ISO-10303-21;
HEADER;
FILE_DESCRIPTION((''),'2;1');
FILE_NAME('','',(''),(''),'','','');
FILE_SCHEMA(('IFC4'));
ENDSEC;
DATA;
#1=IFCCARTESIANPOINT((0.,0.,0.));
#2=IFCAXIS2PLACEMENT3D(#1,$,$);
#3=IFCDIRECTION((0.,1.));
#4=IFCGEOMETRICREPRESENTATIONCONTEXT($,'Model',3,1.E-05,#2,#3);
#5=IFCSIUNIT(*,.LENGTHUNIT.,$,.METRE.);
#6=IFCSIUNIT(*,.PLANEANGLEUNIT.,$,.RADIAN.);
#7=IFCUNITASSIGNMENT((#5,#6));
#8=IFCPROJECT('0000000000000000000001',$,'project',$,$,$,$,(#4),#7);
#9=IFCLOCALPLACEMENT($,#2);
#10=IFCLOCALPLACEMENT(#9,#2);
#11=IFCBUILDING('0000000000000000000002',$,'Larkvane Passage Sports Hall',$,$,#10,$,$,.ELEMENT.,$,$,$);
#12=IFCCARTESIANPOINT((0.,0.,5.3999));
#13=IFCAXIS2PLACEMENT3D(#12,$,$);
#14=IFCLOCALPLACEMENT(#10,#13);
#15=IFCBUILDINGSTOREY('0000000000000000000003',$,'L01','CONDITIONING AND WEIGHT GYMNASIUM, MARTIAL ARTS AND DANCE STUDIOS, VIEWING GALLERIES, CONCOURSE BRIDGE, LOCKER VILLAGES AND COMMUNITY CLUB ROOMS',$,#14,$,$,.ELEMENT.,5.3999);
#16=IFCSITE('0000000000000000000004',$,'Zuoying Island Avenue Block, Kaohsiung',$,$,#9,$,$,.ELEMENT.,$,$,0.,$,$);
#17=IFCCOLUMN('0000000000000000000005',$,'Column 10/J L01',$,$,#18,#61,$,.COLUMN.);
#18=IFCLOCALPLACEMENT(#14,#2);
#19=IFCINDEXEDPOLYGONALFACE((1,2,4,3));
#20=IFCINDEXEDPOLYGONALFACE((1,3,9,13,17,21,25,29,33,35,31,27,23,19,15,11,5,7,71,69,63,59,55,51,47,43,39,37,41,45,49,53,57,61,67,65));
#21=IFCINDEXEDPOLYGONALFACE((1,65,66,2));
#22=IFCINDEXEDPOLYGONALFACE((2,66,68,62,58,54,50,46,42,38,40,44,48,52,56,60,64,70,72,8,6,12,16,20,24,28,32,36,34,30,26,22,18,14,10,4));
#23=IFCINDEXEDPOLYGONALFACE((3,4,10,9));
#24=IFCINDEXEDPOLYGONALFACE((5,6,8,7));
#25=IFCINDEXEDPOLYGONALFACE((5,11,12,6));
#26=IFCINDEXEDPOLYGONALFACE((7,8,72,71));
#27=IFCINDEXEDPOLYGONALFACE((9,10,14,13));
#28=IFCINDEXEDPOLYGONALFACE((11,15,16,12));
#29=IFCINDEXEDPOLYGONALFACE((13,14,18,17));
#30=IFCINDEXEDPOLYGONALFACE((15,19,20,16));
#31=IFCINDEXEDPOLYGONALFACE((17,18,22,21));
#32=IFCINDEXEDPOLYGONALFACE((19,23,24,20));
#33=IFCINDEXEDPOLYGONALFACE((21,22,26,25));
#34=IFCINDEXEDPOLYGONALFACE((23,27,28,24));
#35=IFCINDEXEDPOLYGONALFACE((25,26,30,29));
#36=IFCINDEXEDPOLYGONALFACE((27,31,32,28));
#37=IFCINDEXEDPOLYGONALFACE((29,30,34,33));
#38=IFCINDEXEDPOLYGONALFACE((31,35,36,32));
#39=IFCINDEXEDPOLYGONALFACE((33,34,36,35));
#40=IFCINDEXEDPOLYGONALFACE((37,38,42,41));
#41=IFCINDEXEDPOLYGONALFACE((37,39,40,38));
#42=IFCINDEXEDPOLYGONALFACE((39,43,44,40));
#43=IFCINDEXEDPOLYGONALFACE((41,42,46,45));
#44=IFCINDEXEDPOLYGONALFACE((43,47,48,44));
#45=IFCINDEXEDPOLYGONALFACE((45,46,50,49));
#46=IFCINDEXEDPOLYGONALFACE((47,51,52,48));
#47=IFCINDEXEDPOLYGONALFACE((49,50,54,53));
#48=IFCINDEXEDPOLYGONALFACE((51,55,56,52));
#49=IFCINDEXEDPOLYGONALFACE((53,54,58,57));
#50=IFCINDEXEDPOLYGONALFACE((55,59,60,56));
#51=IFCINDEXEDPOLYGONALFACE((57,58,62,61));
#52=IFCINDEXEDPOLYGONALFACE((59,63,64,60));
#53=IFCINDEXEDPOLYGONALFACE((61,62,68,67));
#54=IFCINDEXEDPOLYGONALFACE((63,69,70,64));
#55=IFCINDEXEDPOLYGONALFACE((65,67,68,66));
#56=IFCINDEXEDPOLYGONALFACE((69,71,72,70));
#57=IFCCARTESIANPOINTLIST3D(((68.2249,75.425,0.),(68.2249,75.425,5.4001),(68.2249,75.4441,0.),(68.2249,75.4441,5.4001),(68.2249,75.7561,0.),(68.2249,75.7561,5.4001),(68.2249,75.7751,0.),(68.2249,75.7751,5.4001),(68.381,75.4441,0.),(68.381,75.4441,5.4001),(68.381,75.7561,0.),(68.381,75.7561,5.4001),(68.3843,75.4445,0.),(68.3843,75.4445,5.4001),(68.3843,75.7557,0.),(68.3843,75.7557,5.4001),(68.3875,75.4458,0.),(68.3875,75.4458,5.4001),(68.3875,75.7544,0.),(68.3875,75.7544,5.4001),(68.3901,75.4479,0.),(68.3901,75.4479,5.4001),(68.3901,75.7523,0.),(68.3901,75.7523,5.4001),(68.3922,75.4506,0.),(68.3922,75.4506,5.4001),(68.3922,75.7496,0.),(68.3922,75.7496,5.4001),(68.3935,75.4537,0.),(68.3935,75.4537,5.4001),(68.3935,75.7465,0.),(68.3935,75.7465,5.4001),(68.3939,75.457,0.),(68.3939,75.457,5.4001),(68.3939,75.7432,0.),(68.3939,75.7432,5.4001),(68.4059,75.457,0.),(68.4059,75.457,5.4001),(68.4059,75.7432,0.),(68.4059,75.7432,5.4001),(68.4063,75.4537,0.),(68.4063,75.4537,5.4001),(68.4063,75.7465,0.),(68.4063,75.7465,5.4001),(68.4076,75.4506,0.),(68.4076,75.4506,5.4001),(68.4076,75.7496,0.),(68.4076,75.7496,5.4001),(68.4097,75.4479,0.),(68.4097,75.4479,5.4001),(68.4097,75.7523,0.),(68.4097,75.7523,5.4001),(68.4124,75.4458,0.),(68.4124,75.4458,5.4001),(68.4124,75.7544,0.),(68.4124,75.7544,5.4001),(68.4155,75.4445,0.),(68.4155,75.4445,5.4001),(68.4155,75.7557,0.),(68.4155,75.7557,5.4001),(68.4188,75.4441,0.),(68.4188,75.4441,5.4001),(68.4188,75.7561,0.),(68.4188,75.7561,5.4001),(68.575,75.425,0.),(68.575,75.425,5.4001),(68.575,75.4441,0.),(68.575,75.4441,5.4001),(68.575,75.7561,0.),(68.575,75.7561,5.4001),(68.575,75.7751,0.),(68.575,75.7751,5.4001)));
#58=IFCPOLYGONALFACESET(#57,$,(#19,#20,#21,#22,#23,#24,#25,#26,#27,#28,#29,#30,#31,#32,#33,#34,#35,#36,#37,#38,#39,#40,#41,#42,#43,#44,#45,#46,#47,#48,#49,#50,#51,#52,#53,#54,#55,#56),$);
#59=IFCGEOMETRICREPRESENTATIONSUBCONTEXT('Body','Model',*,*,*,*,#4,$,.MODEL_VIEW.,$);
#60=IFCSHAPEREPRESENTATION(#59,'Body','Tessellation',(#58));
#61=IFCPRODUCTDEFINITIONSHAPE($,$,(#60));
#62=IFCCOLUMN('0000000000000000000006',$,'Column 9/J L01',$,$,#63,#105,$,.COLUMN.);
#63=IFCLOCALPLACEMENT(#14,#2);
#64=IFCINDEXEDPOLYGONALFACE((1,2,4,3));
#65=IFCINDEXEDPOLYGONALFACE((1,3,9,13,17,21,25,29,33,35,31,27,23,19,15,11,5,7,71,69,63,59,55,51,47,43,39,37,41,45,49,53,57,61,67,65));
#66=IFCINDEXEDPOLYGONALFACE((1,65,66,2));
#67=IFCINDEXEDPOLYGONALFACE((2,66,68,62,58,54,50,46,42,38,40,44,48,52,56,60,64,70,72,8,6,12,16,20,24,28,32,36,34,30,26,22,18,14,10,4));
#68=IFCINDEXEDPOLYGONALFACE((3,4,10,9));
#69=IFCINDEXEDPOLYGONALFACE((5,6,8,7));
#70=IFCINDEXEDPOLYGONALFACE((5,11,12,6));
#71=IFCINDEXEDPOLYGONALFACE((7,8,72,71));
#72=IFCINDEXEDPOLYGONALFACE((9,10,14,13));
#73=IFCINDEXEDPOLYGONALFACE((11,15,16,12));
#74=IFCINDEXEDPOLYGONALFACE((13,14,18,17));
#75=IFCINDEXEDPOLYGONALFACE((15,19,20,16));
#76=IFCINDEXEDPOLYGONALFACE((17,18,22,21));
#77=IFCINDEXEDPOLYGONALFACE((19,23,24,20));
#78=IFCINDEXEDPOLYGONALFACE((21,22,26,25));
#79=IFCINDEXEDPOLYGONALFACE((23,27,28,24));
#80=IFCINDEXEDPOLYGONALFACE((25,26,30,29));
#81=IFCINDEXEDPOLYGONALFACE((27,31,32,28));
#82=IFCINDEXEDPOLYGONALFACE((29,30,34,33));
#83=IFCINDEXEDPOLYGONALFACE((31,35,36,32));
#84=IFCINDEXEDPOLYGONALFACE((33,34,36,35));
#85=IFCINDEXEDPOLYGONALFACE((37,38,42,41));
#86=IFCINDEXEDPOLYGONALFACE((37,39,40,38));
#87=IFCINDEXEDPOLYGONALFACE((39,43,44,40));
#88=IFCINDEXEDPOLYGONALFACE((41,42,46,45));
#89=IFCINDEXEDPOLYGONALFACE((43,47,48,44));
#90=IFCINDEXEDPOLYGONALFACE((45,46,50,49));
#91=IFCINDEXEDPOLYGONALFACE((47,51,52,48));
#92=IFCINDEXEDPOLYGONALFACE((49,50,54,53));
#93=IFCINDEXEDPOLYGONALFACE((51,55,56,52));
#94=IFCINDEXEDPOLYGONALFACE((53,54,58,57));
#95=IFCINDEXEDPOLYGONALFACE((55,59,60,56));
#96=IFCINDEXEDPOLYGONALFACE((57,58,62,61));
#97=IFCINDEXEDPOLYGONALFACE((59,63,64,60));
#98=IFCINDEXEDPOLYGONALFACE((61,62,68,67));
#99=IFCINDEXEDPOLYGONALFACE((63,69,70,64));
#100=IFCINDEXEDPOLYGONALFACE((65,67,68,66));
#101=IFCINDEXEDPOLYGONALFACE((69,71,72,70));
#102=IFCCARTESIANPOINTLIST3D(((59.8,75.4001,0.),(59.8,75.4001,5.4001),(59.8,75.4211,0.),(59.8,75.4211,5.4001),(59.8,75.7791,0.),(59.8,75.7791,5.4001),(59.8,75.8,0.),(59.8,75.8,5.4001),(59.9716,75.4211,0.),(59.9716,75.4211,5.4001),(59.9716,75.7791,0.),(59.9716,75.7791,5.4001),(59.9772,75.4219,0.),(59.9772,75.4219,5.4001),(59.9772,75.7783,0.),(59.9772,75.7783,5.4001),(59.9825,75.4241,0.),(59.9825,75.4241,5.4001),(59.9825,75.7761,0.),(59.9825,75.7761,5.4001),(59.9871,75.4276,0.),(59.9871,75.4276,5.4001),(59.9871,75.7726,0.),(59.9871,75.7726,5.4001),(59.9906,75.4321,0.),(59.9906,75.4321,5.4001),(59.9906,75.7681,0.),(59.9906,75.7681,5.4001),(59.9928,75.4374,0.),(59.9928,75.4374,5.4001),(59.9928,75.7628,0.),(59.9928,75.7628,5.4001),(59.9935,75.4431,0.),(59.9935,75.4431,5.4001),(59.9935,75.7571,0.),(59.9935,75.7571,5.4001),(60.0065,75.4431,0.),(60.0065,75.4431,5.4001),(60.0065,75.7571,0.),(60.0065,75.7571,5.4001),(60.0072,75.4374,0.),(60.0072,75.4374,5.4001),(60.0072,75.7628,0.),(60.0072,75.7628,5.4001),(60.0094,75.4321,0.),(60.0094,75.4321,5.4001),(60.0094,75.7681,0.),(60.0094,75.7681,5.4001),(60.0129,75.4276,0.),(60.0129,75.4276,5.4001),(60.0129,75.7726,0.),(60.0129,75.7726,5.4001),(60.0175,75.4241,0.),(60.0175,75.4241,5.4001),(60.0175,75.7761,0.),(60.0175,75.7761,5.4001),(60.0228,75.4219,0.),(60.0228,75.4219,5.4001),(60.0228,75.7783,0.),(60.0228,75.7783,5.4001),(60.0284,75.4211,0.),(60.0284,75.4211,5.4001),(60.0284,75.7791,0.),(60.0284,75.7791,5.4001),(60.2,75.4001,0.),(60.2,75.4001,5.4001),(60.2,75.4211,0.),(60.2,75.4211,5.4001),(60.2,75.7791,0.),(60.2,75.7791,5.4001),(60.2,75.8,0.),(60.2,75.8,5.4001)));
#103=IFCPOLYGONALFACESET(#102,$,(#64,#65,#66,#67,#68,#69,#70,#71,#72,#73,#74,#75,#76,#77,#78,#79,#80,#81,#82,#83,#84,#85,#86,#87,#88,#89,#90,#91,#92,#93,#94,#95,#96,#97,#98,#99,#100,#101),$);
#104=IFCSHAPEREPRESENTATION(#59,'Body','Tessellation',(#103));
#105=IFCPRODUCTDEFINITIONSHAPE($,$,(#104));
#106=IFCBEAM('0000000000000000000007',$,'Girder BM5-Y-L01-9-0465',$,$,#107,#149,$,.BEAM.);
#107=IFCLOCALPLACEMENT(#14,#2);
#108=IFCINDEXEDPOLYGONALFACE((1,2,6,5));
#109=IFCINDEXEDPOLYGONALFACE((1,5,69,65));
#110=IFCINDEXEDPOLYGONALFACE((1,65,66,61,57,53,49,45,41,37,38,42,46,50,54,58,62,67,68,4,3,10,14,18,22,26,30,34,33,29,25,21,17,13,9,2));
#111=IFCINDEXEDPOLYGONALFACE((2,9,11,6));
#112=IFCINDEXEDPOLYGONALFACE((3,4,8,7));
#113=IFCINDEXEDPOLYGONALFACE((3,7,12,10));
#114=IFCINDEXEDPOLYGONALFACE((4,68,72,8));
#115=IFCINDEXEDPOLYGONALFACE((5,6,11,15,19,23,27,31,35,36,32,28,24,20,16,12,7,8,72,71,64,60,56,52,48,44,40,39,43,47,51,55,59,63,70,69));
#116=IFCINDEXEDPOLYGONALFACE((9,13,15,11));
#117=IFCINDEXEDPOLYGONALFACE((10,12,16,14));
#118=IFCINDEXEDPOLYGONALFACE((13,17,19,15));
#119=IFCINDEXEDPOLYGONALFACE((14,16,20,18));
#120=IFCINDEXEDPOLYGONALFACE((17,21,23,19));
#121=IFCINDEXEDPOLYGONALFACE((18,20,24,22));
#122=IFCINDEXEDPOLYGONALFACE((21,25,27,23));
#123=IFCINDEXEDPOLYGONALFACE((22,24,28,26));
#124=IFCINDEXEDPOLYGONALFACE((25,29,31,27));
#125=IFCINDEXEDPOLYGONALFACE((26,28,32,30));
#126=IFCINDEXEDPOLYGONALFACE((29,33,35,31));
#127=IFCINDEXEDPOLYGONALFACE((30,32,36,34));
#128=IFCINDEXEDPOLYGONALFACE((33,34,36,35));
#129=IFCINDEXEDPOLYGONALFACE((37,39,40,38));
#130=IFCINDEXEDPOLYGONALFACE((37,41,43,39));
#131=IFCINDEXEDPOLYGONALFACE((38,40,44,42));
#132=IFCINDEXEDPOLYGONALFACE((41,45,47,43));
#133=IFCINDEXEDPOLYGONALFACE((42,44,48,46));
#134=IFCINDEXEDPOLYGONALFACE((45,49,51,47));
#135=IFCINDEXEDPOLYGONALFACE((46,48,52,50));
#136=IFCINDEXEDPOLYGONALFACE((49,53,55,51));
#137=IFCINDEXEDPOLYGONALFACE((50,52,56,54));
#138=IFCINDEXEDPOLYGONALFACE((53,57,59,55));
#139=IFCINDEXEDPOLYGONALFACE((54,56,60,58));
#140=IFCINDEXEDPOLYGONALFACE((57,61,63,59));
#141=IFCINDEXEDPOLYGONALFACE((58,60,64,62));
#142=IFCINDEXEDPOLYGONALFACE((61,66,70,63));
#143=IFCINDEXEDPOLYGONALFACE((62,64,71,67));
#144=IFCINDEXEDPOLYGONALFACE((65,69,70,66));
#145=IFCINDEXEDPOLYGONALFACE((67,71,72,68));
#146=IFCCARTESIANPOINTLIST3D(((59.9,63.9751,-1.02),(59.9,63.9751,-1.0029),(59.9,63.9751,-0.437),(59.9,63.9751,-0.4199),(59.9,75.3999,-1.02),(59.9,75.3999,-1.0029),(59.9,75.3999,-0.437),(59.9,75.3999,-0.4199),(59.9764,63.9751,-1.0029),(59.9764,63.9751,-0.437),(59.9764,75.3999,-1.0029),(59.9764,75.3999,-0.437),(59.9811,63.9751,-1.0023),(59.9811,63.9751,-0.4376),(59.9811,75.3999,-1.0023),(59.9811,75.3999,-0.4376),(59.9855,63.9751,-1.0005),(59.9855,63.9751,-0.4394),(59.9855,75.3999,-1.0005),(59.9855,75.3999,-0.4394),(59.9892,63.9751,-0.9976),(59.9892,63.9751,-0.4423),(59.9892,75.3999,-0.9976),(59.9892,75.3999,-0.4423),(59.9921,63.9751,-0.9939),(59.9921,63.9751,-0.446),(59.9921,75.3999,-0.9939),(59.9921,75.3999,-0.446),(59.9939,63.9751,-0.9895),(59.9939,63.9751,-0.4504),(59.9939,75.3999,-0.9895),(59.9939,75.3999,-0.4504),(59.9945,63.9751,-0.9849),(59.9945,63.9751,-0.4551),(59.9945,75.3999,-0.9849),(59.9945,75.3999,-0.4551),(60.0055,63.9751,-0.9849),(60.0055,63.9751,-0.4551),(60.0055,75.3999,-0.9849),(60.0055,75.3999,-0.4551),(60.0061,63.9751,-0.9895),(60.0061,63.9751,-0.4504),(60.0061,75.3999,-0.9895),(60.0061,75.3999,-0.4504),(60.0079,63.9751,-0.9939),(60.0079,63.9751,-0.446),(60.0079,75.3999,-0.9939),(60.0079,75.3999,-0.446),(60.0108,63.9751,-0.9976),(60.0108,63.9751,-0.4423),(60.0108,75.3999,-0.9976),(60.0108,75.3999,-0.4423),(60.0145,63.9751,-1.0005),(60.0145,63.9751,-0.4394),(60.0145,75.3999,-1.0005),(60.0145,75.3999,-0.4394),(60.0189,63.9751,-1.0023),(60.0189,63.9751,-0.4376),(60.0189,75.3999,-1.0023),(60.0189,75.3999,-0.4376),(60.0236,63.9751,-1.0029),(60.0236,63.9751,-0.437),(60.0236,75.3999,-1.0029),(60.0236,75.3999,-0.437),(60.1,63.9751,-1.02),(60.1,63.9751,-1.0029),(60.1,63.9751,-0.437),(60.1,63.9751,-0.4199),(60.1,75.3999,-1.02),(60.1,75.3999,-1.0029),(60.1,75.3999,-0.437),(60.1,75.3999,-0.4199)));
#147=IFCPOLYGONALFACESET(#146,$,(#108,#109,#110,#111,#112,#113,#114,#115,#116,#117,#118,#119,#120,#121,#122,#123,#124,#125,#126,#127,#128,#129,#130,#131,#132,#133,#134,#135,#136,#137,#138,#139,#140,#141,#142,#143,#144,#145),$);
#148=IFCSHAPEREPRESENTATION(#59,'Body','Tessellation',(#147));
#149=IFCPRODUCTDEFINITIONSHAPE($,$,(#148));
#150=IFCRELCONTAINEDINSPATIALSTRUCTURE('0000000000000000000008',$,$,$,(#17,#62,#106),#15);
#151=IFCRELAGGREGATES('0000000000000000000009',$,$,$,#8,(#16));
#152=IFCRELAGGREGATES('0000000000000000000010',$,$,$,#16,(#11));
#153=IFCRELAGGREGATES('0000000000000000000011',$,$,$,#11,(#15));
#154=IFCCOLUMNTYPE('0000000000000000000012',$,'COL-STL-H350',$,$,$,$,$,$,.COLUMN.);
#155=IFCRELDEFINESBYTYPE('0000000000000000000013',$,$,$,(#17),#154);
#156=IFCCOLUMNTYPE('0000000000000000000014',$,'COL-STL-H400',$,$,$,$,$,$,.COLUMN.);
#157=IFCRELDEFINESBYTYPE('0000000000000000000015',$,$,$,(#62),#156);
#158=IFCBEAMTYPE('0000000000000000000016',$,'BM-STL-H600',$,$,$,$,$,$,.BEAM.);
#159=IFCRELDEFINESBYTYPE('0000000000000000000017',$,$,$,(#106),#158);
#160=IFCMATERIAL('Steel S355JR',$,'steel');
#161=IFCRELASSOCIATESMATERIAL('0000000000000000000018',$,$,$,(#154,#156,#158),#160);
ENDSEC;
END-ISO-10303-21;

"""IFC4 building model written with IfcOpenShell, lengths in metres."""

from ifc_helpers import new_model, si_unit, direction, frame, origin, origin_2d, place, context, subcontext, project, spatial, i_section, extrude, material, material_profile, profile_set, type_object, element, save


model = new_model("IFC4")

# Units and contexts
model_context = context("Model", 3, precision=1e-05, world=origin(), true_north=direction((0.0, 1.0)))
body_context = subcontext(model_context, "Body", "Model", "MODEL_VIEW")
ifc_project = project(units=[si_unit("LENGTHUNIT", "METRE"), si_unit("PLANEANGLEUNIT", "RADIAN")], contexts=[model_context])

# Site, building, storey
site_placement = place(None, origin())
site = spatial("IfcSite", under=ifc_project, at=site_placement, Name="Zuoying Island Avenue Block, Kaohsiung", CompositionType="ELEMENT", RefElevation=0.0)
building_placement = place(site_placement, origin())
building = spatial("IfcBuilding", under=site, at=building_placement, Name="Larkvane Passage Sports Hall", CompositionType="ELEMENT")
storey_placement = place(building_placement, frame((0.0, 0.0, 5.3999)))
storey = spatial("IfcBuildingStorey", under=building, at=storey_placement, Name="L01", Description="CONDITIONING AND WEIGHT GYMNASIUM, MARTIAL ARTS AND DANCE STUDIOS, VIEWING GALLERIES, CONCOURSE BRIDGE, LOCKER VILLAGES AND COMMUNITY CLUB ROOMS", CompositionType="ELEMENT", Elevation=5.3999)

# Columns
ifc_material_1 = material(Name="Steel S355JR", Category="steel")
ifc_material_profile_1 = material_profile(ifc_material_1, i_section(OverallWidth=0.3501, OverallDepth=0.3501, WebThickness=0.012, FlangeThickness=0.019, FilletRadius=0.0129, at=origin_2d()), Name="H-350x350x12x19")
ifc_profile_set_1 = profile_set([ifc_material_profile_1], Name="Steel S355JR")
column_type_1 = type_object("IfcColumnType", Name="COL-STL-H350", PredefinedType="COLUMN", material=ifc_profile_set_1)
column_1_placement = place(storey_placement, frame((68.3999, 75.6001, 0.0), z_axis=(0.0, 0.0, 1.0), x_axis=(1.0, 0.0, 0.0)))
element("IfcColumn", 1, at=column_1_placement, inside=storey, type_object=column_type_1, Name="Column 10/J L01", PredefinedType="COLUMN", context=body_context, shape_type="SweptSolid", body=[
    extrude(i_section(OverallWidth=0.3501, OverallDepth=0.3501, WebThickness=0.012, FlangeThickness=0.019, FilletRadius=0.0129, at=origin_2d()), origin(), (0.0, 0.0, 1.0), 5.4001),
])
ifc_material_profile_2 = material_profile(ifc_material_1, i_section(OverallWidth=0.3999, OverallDepth=0.3999, WebThickness=0.0129, FlangeThickness=0.021, FilletRadius=0.022, at=origin_2d()), Name="H-400x400x13x21")
ifc_profile_set_2 = profile_set([ifc_material_profile_2], Name="Steel S355JR")
column_type_2 = type_object("IfcColumnType", Name="COL-STL-H400", PredefinedType="COLUMN", material=ifc_profile_set_2)
column_2_placement = place(storey_placement, frame((60.0, 75.6001, 0.0), z_axis=(0.0, 0.0, 1.0), x_axis=(1.0, 0.0, 0.0)))
element("IfcColumn", 2, at=column_2_placement, inside=storey, type_object=column_type_2, Name="Column 9/J L01", PredefinedType="COLUMN", context=body_context, shape_type="SweptSolid", body=[
    extrude(i_section(OverallWidth=0.3999, OverallDepth=0.3999, WebThickness=0.0129, FlangeThickness=0.021, FilletRadius=0.022, at=origin_2d()), origin(), (0.0, 0.0, 1.0), 5.4001),
])

# Beam
ifc_material_profile_3 = material_profile(ifc_material_1, i_section(OverallWidth=0.2, OverallDepth=0.6001, WebThickness=0.011, FlangeThickness=0.0171, FilletRadius=0.0181, at=origin_2d()), Name="H-600x200x11x17")
ifc_profile_set_3 = profile_set([ifc_material_profile_3], Name="Steel S355JR")
beam_type_1 = type_object("IfcBeamType", Name="BM-STL-H600", PredefinedType="BEAM", material=ifc_profile_set_3)
beam_1_placement = place(storey_placement, frame((60.0, 63.9751, -0.72), z_axis=(0.0, 1.0, 0.0), x_axis=(-1.0, 0.0, 0.0)))
element("IfcBeam", 3, at=beam_1_placement, inside=storey, type_object=beam_type_1, Name="Girder BM5-Y-L01-9-0465", PredefinedType="BEAM", context=body_context, shape_type="SweptSolid", body=[
    extrude(i_section(OverallWidth=0.2, OverallDepth=0.6001, WebThickness=0.011, FlangeThickness=0.0171, FilletRadius=0.0181, at=origin_2d()), origin(), (0.0, 0.0, 1.0), 11.4248),
])

save(model, "model.ifc")
